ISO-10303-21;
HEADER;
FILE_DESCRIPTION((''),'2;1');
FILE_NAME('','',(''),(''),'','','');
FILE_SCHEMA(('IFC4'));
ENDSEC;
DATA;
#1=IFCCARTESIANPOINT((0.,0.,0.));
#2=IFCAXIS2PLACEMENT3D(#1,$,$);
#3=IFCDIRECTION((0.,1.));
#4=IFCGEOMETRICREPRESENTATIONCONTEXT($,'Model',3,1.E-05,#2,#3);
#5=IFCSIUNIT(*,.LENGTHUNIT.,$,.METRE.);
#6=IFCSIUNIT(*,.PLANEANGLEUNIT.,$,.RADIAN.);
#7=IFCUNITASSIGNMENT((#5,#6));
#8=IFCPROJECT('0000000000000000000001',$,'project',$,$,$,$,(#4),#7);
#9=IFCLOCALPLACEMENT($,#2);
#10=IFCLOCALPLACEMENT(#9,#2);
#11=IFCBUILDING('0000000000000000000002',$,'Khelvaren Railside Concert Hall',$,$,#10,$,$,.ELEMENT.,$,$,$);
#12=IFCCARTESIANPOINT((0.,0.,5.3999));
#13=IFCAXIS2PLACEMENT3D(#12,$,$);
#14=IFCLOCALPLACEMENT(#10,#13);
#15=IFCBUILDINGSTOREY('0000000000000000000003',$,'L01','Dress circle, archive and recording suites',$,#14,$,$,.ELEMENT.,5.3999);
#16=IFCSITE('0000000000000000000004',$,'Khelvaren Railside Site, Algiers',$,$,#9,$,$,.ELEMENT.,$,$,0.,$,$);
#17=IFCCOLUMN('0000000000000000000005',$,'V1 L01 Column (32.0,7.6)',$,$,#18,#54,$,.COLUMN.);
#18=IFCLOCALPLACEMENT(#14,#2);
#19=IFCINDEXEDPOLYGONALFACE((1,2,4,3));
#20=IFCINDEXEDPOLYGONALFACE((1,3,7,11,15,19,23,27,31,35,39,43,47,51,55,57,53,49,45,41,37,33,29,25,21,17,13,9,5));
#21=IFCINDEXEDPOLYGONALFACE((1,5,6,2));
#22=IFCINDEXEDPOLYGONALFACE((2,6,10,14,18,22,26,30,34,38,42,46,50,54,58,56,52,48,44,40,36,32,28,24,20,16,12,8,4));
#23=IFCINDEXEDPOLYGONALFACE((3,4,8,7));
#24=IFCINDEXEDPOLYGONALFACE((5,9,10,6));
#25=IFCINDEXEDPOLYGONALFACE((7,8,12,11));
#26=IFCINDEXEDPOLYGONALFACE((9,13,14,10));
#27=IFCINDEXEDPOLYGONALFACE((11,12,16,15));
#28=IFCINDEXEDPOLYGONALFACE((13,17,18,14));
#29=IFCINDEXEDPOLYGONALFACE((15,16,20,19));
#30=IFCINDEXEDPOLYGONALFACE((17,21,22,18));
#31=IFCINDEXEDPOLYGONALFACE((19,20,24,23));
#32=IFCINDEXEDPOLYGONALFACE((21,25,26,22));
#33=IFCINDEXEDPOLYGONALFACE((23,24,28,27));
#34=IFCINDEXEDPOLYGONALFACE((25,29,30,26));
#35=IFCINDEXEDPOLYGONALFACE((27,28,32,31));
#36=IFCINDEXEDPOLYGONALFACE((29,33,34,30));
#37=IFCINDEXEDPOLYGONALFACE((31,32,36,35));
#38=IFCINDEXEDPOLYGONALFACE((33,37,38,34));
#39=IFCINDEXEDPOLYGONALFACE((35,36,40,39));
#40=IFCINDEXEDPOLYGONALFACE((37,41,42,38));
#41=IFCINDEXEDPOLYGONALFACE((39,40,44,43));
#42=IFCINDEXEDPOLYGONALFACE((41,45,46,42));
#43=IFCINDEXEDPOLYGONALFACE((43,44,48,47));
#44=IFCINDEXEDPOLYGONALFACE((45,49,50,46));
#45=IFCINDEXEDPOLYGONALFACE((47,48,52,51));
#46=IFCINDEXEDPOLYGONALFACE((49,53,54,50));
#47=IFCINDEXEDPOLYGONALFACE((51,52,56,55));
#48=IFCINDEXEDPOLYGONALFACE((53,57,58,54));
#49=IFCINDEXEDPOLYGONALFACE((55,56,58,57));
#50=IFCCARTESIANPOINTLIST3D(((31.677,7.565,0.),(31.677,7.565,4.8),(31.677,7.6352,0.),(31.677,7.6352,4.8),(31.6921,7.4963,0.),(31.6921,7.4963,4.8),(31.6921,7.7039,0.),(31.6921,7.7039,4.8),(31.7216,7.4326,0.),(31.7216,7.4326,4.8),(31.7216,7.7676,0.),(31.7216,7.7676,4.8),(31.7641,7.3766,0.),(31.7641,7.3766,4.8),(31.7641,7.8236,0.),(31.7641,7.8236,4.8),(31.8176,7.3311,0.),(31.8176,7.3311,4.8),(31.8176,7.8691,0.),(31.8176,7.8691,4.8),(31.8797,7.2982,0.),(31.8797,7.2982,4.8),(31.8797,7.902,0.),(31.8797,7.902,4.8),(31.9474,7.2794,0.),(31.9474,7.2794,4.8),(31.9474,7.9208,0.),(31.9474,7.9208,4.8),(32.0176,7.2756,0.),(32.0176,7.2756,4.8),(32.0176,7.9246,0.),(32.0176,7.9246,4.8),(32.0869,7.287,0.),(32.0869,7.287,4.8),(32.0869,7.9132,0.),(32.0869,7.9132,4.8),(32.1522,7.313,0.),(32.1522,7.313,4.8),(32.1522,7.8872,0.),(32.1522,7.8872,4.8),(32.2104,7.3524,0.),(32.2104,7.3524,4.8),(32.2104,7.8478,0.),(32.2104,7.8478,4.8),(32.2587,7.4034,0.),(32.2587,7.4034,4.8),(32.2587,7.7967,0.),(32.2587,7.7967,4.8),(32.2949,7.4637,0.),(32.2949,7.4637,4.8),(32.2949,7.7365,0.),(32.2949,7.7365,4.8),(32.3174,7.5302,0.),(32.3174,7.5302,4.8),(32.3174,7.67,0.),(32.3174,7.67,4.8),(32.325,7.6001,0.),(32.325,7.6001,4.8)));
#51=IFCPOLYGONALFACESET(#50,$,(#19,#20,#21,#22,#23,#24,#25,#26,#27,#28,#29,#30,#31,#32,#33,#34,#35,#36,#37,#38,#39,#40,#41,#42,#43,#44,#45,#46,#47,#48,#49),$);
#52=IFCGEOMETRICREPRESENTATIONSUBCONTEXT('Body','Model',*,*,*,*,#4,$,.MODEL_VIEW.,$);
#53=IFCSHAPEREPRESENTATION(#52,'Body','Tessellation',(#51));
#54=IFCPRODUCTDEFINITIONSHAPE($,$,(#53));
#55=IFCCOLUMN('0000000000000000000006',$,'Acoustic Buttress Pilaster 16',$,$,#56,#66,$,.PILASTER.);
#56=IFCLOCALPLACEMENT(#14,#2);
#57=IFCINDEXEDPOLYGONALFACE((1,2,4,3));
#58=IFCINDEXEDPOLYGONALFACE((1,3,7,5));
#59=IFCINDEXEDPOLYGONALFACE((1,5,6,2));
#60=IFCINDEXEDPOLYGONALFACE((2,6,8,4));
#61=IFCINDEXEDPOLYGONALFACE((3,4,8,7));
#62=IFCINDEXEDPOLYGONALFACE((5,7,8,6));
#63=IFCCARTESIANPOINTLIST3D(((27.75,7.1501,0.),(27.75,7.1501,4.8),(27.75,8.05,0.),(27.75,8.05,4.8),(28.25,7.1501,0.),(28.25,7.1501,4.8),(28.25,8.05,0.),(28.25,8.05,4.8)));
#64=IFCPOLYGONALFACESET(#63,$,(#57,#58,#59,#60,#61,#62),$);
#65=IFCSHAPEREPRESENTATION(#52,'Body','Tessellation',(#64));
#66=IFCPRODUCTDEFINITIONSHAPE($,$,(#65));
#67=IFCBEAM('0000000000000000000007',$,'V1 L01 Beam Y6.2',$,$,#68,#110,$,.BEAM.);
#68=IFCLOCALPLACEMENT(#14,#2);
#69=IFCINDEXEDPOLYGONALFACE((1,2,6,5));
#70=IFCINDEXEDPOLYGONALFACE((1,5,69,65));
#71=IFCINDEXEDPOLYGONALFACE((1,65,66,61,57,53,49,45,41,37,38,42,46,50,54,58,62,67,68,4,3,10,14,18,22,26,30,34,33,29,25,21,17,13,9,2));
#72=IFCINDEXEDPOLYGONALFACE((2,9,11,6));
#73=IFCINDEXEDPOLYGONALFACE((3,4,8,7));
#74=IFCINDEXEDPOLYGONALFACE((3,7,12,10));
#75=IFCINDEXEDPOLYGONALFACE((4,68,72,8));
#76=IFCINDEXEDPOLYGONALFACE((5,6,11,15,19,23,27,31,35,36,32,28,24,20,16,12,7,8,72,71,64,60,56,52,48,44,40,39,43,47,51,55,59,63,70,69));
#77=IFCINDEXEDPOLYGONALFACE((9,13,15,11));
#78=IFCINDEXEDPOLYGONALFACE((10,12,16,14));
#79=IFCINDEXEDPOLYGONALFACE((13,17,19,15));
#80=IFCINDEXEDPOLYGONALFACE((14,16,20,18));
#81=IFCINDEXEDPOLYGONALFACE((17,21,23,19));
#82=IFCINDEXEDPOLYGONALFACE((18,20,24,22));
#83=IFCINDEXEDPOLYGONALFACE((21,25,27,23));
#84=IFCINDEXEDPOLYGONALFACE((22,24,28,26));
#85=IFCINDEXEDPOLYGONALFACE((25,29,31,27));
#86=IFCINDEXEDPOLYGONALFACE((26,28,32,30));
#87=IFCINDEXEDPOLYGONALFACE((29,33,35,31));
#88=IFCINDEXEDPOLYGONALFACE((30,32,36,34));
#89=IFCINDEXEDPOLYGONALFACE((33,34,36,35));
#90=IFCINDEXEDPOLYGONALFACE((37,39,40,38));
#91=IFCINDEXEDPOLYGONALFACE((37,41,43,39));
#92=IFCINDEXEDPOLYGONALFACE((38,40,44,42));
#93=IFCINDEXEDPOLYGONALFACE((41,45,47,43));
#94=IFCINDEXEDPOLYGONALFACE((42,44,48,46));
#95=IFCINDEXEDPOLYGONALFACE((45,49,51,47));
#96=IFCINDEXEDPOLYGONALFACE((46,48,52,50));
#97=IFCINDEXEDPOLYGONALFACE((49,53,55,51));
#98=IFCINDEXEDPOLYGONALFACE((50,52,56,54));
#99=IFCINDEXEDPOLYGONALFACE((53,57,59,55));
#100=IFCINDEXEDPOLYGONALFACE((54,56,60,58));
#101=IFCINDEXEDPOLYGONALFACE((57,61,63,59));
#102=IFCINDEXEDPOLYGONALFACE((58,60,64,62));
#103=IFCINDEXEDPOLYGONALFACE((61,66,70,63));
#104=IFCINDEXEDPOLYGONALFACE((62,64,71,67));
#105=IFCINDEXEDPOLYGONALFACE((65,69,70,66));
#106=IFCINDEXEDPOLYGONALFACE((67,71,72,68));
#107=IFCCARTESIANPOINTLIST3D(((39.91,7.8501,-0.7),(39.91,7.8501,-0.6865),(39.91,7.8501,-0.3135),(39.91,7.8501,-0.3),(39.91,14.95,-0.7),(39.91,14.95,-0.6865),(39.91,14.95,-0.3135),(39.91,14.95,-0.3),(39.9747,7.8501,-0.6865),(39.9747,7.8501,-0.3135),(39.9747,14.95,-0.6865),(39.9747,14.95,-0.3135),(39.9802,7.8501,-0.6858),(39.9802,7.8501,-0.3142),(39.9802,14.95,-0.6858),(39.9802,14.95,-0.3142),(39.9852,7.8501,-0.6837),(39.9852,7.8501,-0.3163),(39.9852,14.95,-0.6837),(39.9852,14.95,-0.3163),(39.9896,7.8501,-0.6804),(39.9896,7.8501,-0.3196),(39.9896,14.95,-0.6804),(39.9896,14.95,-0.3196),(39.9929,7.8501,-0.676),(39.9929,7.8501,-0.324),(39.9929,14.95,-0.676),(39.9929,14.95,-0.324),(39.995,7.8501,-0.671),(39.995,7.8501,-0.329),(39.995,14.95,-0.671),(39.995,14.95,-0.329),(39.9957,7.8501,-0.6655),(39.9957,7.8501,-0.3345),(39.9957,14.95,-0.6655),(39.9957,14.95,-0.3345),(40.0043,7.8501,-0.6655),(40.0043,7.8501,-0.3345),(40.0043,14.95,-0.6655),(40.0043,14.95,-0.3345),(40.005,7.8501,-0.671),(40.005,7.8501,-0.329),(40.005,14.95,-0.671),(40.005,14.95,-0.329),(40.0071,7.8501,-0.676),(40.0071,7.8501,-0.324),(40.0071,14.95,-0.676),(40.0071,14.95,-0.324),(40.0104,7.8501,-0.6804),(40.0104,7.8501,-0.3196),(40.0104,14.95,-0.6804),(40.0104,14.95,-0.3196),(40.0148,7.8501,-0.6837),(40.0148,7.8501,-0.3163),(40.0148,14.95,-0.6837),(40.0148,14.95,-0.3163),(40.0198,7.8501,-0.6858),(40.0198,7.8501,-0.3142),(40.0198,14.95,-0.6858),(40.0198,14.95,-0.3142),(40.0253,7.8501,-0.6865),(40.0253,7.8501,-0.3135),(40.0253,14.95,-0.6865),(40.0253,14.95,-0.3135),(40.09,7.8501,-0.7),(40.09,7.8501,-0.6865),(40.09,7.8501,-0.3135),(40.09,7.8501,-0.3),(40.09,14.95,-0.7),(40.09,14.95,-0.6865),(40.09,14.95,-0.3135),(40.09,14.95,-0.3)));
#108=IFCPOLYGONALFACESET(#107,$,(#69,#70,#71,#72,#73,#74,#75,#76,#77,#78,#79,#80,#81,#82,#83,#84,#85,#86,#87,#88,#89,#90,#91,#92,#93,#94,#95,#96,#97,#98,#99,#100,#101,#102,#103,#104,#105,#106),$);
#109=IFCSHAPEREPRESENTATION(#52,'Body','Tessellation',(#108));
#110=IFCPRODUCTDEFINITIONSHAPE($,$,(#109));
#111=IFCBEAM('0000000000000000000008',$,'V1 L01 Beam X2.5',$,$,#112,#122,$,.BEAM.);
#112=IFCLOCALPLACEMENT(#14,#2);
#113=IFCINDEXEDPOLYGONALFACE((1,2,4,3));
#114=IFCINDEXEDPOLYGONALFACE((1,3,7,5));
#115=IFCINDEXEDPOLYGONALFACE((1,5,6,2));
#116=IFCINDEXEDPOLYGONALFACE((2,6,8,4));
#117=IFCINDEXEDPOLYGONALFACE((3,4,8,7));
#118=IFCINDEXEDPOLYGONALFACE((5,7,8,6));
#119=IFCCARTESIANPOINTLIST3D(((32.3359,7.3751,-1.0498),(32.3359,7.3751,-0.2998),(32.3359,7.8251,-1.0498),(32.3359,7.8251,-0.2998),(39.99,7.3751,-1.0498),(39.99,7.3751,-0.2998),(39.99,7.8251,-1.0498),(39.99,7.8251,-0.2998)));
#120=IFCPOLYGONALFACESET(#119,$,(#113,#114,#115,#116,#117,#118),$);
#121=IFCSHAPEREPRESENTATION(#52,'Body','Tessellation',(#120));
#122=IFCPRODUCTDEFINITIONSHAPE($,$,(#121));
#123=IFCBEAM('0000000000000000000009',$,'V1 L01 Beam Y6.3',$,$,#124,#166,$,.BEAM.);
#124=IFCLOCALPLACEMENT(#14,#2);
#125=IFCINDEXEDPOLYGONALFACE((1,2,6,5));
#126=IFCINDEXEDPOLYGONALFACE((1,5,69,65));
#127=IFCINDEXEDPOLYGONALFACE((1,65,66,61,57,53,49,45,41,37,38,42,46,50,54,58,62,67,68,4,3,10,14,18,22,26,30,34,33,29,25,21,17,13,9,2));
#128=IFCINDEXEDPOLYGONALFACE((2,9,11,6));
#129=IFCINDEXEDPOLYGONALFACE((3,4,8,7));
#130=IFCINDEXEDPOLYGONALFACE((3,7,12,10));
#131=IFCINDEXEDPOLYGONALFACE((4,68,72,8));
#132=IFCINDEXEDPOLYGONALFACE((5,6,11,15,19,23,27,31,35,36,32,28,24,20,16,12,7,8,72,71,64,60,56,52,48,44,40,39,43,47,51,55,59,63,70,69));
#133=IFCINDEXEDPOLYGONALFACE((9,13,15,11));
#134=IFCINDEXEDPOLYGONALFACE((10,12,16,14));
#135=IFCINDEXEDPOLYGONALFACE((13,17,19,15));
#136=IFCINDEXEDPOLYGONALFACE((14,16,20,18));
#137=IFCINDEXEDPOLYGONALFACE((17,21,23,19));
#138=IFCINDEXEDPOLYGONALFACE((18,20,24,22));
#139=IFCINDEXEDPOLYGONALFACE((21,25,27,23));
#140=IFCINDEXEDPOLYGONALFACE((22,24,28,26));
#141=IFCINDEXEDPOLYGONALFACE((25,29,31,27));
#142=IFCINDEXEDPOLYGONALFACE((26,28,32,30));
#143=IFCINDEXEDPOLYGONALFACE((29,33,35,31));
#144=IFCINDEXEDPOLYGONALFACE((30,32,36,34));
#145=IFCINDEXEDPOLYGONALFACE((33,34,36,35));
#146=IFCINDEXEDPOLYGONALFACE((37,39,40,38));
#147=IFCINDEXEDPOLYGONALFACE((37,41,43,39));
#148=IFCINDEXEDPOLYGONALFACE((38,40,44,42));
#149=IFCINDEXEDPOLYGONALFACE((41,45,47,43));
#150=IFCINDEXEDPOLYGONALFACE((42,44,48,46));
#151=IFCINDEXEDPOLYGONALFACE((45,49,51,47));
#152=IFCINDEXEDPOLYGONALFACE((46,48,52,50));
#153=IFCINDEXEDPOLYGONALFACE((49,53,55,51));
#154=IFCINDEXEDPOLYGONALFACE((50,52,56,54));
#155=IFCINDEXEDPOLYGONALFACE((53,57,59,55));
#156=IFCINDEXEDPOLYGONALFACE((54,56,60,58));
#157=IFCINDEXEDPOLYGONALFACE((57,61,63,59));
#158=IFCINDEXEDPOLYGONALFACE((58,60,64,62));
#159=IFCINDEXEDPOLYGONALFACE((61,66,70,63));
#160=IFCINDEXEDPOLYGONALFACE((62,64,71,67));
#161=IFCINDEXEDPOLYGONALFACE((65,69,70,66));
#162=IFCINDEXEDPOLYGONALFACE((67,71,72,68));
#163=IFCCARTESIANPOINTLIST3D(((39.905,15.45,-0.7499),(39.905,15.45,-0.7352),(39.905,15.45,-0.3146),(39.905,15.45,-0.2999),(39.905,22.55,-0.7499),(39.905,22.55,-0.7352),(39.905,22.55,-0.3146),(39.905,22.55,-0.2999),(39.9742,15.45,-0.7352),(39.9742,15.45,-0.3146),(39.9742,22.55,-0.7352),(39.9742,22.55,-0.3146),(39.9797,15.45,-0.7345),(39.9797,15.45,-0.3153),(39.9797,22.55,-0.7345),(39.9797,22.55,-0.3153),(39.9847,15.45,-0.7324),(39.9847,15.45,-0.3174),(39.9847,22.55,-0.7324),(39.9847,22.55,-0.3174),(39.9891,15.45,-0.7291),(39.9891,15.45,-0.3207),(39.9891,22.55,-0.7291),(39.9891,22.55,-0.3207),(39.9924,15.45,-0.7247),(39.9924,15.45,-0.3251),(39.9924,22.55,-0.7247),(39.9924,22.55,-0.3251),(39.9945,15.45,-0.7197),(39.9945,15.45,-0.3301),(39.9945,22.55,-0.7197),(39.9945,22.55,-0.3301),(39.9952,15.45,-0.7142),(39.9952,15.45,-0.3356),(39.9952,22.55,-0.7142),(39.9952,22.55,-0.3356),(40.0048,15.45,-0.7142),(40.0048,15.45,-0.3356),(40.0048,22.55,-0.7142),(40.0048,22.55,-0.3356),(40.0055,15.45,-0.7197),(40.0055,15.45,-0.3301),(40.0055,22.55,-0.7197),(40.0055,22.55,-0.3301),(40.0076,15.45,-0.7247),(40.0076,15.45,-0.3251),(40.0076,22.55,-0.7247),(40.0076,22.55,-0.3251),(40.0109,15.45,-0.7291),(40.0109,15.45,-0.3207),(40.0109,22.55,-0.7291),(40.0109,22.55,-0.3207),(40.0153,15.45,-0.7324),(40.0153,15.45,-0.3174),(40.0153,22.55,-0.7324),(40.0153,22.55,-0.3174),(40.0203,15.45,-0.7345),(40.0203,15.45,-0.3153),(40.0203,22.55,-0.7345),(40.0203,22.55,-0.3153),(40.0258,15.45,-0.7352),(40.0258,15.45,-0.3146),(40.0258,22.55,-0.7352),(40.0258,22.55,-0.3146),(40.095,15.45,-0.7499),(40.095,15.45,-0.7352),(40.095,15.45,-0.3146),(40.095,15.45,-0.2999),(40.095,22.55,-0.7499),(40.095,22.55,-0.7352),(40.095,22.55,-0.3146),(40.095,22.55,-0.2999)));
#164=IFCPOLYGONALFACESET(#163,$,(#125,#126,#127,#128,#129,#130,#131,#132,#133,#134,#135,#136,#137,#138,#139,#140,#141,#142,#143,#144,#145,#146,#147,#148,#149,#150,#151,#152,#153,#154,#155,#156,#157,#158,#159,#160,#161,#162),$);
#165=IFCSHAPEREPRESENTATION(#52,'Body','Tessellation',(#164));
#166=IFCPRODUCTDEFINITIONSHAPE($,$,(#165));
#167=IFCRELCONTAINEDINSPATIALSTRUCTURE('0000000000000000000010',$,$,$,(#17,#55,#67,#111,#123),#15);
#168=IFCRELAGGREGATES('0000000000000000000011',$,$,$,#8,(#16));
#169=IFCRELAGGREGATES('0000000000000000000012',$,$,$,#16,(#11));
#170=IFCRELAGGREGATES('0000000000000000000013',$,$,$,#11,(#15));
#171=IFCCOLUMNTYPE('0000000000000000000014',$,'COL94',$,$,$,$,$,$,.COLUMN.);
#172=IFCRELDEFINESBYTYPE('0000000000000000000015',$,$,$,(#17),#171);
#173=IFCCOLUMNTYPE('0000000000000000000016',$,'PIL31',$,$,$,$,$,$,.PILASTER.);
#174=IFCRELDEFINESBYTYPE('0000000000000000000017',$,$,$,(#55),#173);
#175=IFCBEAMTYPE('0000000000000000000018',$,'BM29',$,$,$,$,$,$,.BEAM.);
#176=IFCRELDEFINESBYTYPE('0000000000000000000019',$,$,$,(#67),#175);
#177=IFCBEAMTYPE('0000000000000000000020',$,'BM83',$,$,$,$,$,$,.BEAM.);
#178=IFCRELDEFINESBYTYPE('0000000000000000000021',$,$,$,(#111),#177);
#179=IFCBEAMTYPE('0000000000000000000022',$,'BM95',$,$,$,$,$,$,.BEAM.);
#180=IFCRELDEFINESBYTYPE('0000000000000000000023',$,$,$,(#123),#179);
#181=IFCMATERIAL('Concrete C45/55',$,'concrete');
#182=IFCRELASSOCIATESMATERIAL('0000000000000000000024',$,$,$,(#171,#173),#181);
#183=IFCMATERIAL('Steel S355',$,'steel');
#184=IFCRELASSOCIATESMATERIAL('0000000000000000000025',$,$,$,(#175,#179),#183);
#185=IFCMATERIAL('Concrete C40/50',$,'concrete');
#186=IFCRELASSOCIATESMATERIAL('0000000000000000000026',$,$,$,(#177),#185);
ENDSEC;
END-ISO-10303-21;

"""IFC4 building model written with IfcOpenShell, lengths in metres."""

from ifc_helpers import new_model, si_unit, direction, frame, origin, origin_2d, place, context, subcontext, project, spatial, rectangle, circle, i_section, extrude, material, material_profile, profile_set, type_object, element, save


model = new_model("IFC4")

# Units and contexts
model_context = context("Model", 3, precision=1e-05, world=origin(), true_north=direction((0.0, 1.0)))
body_context = subcontext(model_context, "Body", "Model", "MODEL_VIEW")
ifc_project = project(units=[si_unit("LENGTHUNIT", "METRE"), si_unit("PLANEANGLEUNIT", "RADIAN")], contexts=[model_context])

# Site, building, storey
site_placement = place(None, origin())
site = spatial("IfcSite", under=ifc_project, at=site_placement, Name="Khelvaren Railside Site, Algiers", CompositionType="ELEMENT", RefElevation=0.0)
building_placement = place(site_placement, origin())
building = spatial("IfcBuilding", under=site, at=building_placement, Name="Khelvaren Railside Concert Hall", CompositionType="ELEMENT")
storey_placement = place(building_placement, frame((0.0, 0.0, 5.3999)))
storey = spatial("IfcBuildingStorey", under=building, at=storey_placement, Name="L01", Description="Dress circle, archive and recording suites", CompositionType="ELEMENT", Elevation=5.3999)

# Columns
ifc_material_1 = material(Name="Concrete C45/55", Category="concrete")
ifc_material_2 = material(Name="Steel S355", Category="steel")
ifc_material_profile_1 = material_profile(ifc_material_1, circle(Radius=0.325, at=origin_2d()), Name="RC D650")
ifc_profile_set_1 = profile_set([ifc_material_profile_1], Name="Concrete C45/55")
column_type_1 = type_object("IfcColumnType", Name="COL94", PredefinedType="COLUMN", material=ifc_profile_set_1)
column_1_placement = place(storey_placement, frame((32.0, 7.6001, 0.0), z_axis=(0.0, 0.0, 1.0), x_axis=(1.0, 0.0, 0.0)))
element("IfcColumn", 1, at=column_1_placement, inside=storey, type_object=column_type_1, Name="V1 L01 Column (32.0,7.6)", PredefinedType="COLUMN", context=body_context, shape_type="SweptSolid", body=[
    extrude(circle(Radius=0.325, at=origin_2d()), origin(), (0.0, 0.0, 1.0), 4.8),
])
ifc_material_profile_2 = material_profile(ifc_material_1, rectangle(XDim=0.5, YDim=0.8999, at=origin_2d()), Name="PIL 500x900")
ifc_profile_set_2 = profile_set([ifc_material_profile_2], Name="Concrete C45/55")
column_type_2 = type_object("IfcColumnType", Name="PIL31", PredefinedType="PILASTER", material=ifc_profile_set_2)
column_2_placement = place(storey_placement, frame((28.0, 7.6001, 0.0), z_axis=(0.0, 0.0, 1.0), x_axis=(1.0, 0.0, 0.0)))
element("IfcColumn", 2, at=column_2_placement, inside=storey, type_object=column_type_2, Name="Acoustic Buttress Pilaster 16", PredefinedType="PILASTER", context=body_context, shape_type="SweptSolid", body=[
    extrude(rectangle(XDim=0.5, YDim=0.8999, at=origin_2d()), origin(), (0.0, 0.0, 1.0), 4.8),
])

# Beams
ifc_material_profile_3 = material_profile(ifc_material_2, i_section(OverallWidth=0.1799, OverallDepth=0.3999, WebThickness=0.0085, FlangeThickness=0.0134, FilletRadius=0.021, at=origin_2d()), Name="IPE 400")
ifc_profile_set_3 = profile_set([ifc_material_profile_3], Name="Steel S355")
beam_type_1 = type_object("IfcBeamType", Name="BM29", PredefinedType="BEAM", material=ifc_profile_set_3)
beam_1_placement = place(storey_placement, frame((40.0, 7.8501, -0.5), z_axis=(0.0, 1.0, 0.0), x_axis=(-1.0, 0.0, 0.0)))
element("IfcBeam", 3, at=beam_1_placement, inside=storey, type_object=beam_type_1, Name="V1 L01 Beam Y6.2", PredefinedType="BEAM", context=body_context, shape_type="SweptSolid", body=[
    extrude(i_section(OverallWidth=0.1799, OverallDepth=0.3999, WebThickness=0.0085, FlangeThickness=0.0134, FilletRadius=0.021, at=origin_2d()), origin(), (0.0, 0.0, 1.0), 7.0999),
])
ifc_material_3 = material(Name="Concrete C40/50", Category="concrete")
ifc_material_profile_4 = material_profile(ifc_material_3, rectangle(XDim=0.45, YDim=0.75, at=origin_2d()), Name="RCB 450x750")
ifc_profile_set_4 = profile_set([ifc_material_profile_4], Name="Concrete C40/50")
beam_type_2 = type_object("IfcBeamType", Name="BM83", PredefinedType="BEAM", material=ifc_profile_set_4)
beam_2_placement = place(storey_placement, frame((32.3359, 7.6001, -0.6748), z_axis=(1.0, 0.0, 0.0), x_axis=(0.0, 1.0, 0.0)))
element("IfcBeam", 4, at=beam_2_placement, inside=storey, type_object=beam_type_2, Name="V1 L01 Beam X2.5", PredefinedType="BEAM", context=body_context, shape_type="SweptSolid", body=[
    extrude(rectangle(XDim=0.45, YDim=0.75, at=origin_2d()), origin(), (0.0, 0.0, 1.0), 7.6541),
])
ifc_material_profile_5 = material_profile(ifc_material_2, i_section(OverallWidth=0.1899, OverallDepth=0.45, WebThickness=0.0095, FlangeThickness=0.0146, FilletRadius=0.021, at=origin_2d()), Name="IPE 450")
ifc_profile_set_5 = profile_set([ifc_material_profile_5], Name="Steel S355")
beam_type_3 = type_object("IfcBeamType", Name="BM95", PredefinedType="BEAM", material=ifc_profile_set_5)
beam_3_placement = place(storey_placement, frame((40.0, 15.45, -0.5249), z_axis=(0.0, 1.0, 0.0), x_axis=(-1.0, 0.0, 0.0)))
element("IfcBeam", 5, at=beam_3_placement, inside=storey, type_object=beam_type_3, Name="V1 L01 Beam Y6.3", PredefinedType="BEAM", context=body_context, shape_type="SweptSolid", body=[
    extrude(i_section(OverallWidth=0.1899, OverallDepth=0.45, WebThickness=0.0095, FlangeThickness=0.0146, FilletRadius=0.021, at=origin_2d()), origin(), (0.0, 0.0, 1.0), 7.1001),
])

save(model, "model.ifc")
